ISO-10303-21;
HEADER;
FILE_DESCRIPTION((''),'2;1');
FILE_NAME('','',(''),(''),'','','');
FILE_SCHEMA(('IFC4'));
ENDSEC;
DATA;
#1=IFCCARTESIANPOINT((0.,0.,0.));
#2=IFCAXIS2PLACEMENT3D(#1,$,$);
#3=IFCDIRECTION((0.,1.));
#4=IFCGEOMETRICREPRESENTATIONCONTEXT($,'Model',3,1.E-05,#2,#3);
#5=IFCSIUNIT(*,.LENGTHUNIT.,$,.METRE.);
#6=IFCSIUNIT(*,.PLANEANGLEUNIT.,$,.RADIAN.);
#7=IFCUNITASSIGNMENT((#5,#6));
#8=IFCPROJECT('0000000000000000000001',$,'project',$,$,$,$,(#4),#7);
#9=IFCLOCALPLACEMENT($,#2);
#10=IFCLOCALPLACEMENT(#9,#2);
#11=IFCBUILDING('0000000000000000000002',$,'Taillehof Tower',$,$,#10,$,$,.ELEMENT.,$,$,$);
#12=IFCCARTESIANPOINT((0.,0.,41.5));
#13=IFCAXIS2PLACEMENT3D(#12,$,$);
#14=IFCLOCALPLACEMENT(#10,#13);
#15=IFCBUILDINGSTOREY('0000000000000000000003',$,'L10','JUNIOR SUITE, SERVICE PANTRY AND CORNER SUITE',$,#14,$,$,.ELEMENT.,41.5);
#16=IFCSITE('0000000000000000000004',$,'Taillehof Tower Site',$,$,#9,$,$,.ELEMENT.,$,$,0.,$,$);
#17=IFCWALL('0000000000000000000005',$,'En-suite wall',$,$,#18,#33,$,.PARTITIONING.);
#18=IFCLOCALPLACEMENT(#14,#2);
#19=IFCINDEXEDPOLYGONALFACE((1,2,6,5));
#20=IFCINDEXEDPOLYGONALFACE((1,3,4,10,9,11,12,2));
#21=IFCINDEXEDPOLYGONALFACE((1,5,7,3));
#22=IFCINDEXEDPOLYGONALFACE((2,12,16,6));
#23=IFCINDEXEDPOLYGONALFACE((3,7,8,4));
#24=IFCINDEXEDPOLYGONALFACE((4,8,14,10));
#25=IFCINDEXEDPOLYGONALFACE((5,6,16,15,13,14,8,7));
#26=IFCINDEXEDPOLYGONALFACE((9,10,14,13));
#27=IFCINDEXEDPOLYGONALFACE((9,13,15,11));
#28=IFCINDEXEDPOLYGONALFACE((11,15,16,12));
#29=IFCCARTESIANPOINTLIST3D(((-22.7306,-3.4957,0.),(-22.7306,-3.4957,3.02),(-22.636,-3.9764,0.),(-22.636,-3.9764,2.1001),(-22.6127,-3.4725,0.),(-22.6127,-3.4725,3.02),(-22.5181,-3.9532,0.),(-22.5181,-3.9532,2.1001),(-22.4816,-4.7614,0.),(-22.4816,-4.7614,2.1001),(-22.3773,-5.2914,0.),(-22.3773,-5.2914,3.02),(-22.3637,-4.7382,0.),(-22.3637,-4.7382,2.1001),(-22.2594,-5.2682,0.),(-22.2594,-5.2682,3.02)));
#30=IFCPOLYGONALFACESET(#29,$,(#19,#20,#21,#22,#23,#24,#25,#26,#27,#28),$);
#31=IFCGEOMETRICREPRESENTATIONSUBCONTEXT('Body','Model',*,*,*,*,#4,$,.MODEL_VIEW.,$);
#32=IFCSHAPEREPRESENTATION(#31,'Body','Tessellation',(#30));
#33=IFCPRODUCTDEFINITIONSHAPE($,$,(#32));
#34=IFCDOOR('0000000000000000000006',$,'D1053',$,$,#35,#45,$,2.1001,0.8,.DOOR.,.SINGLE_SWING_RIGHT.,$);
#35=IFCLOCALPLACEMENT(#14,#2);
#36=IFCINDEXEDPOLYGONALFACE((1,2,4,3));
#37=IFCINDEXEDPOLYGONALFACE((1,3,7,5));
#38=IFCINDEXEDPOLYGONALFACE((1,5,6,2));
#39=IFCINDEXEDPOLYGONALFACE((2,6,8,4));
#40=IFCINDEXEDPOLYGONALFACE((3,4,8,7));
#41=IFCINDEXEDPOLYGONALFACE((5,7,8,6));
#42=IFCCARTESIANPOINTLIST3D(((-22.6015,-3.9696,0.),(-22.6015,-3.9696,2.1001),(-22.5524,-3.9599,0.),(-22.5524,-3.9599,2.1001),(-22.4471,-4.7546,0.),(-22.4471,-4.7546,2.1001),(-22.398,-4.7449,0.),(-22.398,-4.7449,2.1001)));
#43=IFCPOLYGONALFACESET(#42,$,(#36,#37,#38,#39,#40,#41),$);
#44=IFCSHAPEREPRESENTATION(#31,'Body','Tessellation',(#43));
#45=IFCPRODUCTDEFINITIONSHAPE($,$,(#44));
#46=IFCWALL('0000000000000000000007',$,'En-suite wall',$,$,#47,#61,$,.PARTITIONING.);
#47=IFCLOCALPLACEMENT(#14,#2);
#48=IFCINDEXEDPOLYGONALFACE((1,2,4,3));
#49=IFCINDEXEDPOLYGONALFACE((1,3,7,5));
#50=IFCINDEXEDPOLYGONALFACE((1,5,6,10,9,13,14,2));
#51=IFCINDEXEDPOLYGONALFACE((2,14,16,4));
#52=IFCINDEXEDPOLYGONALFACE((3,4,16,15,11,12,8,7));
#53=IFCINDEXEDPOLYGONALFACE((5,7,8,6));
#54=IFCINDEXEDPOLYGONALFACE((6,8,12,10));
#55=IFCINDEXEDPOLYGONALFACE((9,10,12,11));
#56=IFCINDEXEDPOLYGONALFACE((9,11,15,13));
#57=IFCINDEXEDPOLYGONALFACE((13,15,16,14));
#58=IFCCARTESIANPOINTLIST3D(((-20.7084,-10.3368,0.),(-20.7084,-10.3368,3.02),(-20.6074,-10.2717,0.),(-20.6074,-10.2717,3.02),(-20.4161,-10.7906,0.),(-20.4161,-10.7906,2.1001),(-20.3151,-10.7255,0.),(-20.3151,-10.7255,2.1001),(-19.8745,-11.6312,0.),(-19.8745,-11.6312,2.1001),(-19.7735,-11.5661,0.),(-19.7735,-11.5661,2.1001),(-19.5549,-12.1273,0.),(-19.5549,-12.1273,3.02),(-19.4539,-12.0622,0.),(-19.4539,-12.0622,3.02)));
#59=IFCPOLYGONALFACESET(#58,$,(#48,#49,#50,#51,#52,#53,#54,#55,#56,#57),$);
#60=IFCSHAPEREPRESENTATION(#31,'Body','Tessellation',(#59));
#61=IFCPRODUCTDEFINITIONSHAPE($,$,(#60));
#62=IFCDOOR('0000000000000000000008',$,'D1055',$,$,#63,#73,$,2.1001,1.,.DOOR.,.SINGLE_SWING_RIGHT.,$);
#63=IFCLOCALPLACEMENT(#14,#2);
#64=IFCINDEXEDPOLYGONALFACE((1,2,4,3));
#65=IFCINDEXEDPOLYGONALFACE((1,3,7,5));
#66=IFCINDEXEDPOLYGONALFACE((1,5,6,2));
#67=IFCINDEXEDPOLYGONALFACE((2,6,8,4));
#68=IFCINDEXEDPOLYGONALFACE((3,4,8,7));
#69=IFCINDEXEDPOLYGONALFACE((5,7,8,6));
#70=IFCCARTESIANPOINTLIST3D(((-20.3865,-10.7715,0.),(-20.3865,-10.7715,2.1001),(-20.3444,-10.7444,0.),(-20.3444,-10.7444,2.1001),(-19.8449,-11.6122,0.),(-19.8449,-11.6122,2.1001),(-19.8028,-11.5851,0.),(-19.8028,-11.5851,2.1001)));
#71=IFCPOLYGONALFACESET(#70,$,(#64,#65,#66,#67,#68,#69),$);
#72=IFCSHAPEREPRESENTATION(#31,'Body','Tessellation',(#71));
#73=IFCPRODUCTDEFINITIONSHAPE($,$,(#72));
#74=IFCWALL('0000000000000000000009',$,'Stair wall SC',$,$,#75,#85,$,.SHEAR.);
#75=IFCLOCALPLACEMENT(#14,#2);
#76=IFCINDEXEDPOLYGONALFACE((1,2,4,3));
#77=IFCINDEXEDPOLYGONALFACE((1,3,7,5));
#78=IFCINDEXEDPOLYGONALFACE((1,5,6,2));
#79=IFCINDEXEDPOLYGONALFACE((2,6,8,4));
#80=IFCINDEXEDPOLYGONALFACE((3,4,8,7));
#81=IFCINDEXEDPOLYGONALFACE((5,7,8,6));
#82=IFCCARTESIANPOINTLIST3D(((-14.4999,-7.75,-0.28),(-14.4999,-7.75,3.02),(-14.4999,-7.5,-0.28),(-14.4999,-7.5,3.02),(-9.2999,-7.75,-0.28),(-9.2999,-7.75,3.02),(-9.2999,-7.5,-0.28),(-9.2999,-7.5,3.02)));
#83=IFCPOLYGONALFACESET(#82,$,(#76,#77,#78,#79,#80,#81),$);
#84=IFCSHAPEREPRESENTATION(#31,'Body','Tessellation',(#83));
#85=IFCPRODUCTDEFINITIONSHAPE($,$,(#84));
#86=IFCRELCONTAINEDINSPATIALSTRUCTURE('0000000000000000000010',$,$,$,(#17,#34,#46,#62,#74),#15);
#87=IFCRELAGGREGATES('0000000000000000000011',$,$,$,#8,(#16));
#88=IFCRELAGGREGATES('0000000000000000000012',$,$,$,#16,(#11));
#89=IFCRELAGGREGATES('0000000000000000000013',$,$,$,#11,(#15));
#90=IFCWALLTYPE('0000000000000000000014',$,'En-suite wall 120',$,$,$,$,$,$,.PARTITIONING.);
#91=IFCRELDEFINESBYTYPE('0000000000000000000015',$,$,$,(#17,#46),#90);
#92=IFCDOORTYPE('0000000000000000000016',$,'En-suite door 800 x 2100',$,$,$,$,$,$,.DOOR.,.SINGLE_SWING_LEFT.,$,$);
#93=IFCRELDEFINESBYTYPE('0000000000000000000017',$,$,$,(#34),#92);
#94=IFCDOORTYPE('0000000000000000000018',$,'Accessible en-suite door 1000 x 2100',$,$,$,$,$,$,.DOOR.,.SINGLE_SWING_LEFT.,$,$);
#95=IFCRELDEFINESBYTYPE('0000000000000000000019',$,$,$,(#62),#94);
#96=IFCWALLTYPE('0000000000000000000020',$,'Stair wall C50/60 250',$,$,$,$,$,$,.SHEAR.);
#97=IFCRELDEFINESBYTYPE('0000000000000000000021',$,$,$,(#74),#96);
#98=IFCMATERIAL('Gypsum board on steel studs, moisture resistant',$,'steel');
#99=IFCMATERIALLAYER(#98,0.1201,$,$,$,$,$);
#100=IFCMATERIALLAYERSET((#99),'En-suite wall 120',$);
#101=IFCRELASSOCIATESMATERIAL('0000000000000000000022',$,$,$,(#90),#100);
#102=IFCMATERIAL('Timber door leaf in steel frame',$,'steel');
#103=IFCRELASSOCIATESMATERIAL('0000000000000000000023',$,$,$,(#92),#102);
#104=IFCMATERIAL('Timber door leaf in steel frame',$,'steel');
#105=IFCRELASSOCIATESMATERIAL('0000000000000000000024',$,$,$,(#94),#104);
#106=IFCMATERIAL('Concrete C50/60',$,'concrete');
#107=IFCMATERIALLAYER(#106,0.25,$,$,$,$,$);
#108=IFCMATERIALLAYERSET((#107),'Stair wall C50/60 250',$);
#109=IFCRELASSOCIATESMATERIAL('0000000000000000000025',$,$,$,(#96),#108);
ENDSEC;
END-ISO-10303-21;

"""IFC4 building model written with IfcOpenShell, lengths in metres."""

from ifc_helpers import new_model, si_unit, direction, frame, frame_2d, origin, place, context, subcontext, project, spatial, rectangle, extrude, material, layer, layer_set, type_object, element, fill, save


model = new_model("IFC4")

# Units and contexts
model_context = context("Model", 3, precision=1e-05, world=origin(), true_north=direction((0.0, 1.0)))
body_context = subcontext(model_context, "Body", "Model", "MODEL_VIEW")
ifc_project = project(units=[si_unit("LENGTHUNIT", "METRE"), si_unit("PLANEANGLEUNIT", "RADIAN")], contexts=[model_context])

# Site, building, storey
site_placement = place(None, origin())
site = spatial("IfcSite", under=ifc_project, at=site_placement, Name="Taillehof Tower Site", CompositionType="ELEMENT", RefElevation=0.0)
building_placement = place(site_placement, origin())
building = spatial("IfcBuilding", under=site, at=building_placement, Name="Taillehof Tower", CompositionType="ELEMENT")
storey_placement = place(building_placement, frame((0.0, 0.0, 41.5)))
storey = spatial("IfcBuildingStorey", under=building, at=storey_placement, Name="L10", Description="JUNIOR SUITE, SERVICE PANTRY AND CORNER SUITE", CompositionType="ELEMENT", Elevation=41.5)

# Shared definitions
ifc_material_1 = material(Name="Gypsum board on steel studs, moisture resistant", Category="steel")
ifc_layer_1 = layer(ifc_material_1, 0.1201)
ifc_layer_set_1 = layer_set([ifc_layer_1], Name="En-suite wall 120")
wall_type_1 = type_object("IfcWallType", Name="En-suite wall 120", PredefinedType="PARTITIONING", material=ifc_layer_set_1)

# Walls, openings, doors
wall_1_placement = place(storey_placement, frame((-22.3184, -5.2798, 0.0), z_axis=(0.0, 0.0, 1.0), x_axis=(-0.193037, 0.981192, 0.0)))
wall_1 = element("IfcWall", 1, at=wall_1_placement, inside=storey, type_object=wall_type_1, Name="En-suite wall", PredefinedType="PARTITIONING", context=body_context, shape_type="SweptSolid", body=[
    extrude(rectangle(XDim=1.8301, YDim=0.1201, at=frame_2d((0.915, 0.0))), origin(), (0.0, 0.0, 1.0), 3.02),
])
opening_1_placement = place(wall_1_placement, frame((0.5403, 0.0, 0.0)))
opening_1 = element("IfcOpeningElement", 2, at=opening_1_placement, cuts=wall_1, PredefinedType="OPENING", context=body_context, shape_type="SweptSolid", body=[
    extrude(rectangle(XDim=0.8, YDim=2.1001, at=frame_2d((0.3999, 1.05))), frame((0.0, 0.0701, 0.0), z_axis=(0.0, -1.0, 0.0), x_axis=(1.0, 0.0, 0.0)), (0.0, 0.0, 1.0), 0.1401),
])
ifc_material_2 = material(Name="Timber door leaf in steel frame", Category="steel")
door_type_1 = type_object("IfcDoorType", Name="En-suite door 800 x 2100", OperationType="SINGLE_SWING_LEFT", PredefinedType="DOOR", material=ifc_material_2)
door_1_placement = place(opening_1_placement, origin())
door_1 = element("IfcDoor", 3, at=door_1_placement, inside=storey, type_object=door_type_1, Name="D1053", OperationType="SINGLE_SWING_RIGHT", OverallHeight=2.1001, OverallWidth=0.8, PredefinedType="DOOR", context=body_context, shape_type="SweptSolid", body=[
    extrude(rectangle(XDim=0.8, YDim=2.1001, at=frame_2d((0.3999, 1.05))), frame((0.0, 0.0249, 0.0), z_axis=(0.0, -1.0, 0.0), x_axis=(1.0, 0.0, 0.0)), (0.0, 0.0, 1.0), 0.05),
])
fill(opening_1, door_1)
wall_2_placement = place(storey_placement, frame((-19.5044, -12.0947, 0.0), z_axis=(0.0, 0.0, 1.0), x_axis=(-0.541592, 0.840642, 0.0)))
wall_2 = element("IfcWall", 4, at=wall_2_placement, inside=storey, type_object=wall_type_1, Name="En-suite wall", PredefinedType="PARTITIONING", context=body_context, shape_type="SweptSolid", body=[
    extrude(rectangle(XDim=2.1299, YDim=0.1201, at=frame_2d((1.0649, 0.0))), origin(), (0.0, 0.0, 1.0), 3.02),
])
opening_2_placement = place(wall_2_placement, frame((0.5901, 0.0, 0.0)))
opening_2 = element("IfcOpeningElement", 5, at=opening_2_placement, cuts=wall_2, PredefinedType="OPENING", context=body_context, shape_type="SweptSolid", body=[
    extrude(rectangle(XDim=1.0, YDim=2.1001, at=frame_2d((0.5, 1.05))), frame((0.0, 0.0701, 0.0), z_axis=(0.0, -1.0, 0.0), x_axis=(1.0, 0.0, 0.0)), (0.0, 0.0, 1.0), 0.1401),
])
ifc_material_3 = material(Name="Timber door leaf in steel frame", Category="steel")
door_type_2 = type_object("IfcDoorType", Name="Accessible en-suite door 1000 x 2100", OperationType="SINGLE_SWING_LEFT", PredefinedType="DOOR", material=ifc_material_3)
door_2_placement = place(opening_2_placement, origin())
door_2 = element("IfcDoor", 6, at=door_2_placement, inside=storey, type_object=door_type_2, Name="D1055", OperationType="SINGLE_SWING_RIGHT", OverallHeight=2.1001, OverallWidth=1.0, PredefinedType="DOOR", context=body_context, shape_type="SweptSolid", body=[
    extrude(rectangle(XDim=1.0, YDim=2.1001, at=frame_2d((0.5, 1.05))), frame((0.0, 0.0249, 0.0), z_axis=(0.0, -1.0, 0.0), x_axis=(1.0, 0.0, 0.0)), (0.0, 0.0, 1.0), 0.05),
])
fill(opening_2, door_2)

# Wall
ifc_material_4 = material(Name="Concrete C50/60", Category="concrete")
ifc_layer_2 = layer(ifc_material_4, 0.25)
ifc_layer_set_2 = layer_set([ifc_layer_2], Name="Stair wall C50/60 250")
wall_type_2 = type_object("IfcWallType", Name="Stair wall C50/60 250", PredefinedType="SHEAR", material=ifc_layer_set_2)
wall_3_placement = place(storey_placement, frame((-14.5, -7.625, -0.28), z_axis=(0.0, 0.0, 1.0), x_axis=(1.0, 0.0, 0.0)))
element("IfcWall", 7, at=wall_3_placement, inside=storey, type_object=wall_type_2, Name="Stair wall SC", PredefinedType="SHEAR", context=body_context, shape_type="SweptSolid", body=[
    extrude(rectangle(XDim=5.2, YDim=0.25, at=frame_2d((2.6001, 0.0))), origin(), (0.0, 0.0, 1.0), 3.3),
])

save(model, "model.ifc")
